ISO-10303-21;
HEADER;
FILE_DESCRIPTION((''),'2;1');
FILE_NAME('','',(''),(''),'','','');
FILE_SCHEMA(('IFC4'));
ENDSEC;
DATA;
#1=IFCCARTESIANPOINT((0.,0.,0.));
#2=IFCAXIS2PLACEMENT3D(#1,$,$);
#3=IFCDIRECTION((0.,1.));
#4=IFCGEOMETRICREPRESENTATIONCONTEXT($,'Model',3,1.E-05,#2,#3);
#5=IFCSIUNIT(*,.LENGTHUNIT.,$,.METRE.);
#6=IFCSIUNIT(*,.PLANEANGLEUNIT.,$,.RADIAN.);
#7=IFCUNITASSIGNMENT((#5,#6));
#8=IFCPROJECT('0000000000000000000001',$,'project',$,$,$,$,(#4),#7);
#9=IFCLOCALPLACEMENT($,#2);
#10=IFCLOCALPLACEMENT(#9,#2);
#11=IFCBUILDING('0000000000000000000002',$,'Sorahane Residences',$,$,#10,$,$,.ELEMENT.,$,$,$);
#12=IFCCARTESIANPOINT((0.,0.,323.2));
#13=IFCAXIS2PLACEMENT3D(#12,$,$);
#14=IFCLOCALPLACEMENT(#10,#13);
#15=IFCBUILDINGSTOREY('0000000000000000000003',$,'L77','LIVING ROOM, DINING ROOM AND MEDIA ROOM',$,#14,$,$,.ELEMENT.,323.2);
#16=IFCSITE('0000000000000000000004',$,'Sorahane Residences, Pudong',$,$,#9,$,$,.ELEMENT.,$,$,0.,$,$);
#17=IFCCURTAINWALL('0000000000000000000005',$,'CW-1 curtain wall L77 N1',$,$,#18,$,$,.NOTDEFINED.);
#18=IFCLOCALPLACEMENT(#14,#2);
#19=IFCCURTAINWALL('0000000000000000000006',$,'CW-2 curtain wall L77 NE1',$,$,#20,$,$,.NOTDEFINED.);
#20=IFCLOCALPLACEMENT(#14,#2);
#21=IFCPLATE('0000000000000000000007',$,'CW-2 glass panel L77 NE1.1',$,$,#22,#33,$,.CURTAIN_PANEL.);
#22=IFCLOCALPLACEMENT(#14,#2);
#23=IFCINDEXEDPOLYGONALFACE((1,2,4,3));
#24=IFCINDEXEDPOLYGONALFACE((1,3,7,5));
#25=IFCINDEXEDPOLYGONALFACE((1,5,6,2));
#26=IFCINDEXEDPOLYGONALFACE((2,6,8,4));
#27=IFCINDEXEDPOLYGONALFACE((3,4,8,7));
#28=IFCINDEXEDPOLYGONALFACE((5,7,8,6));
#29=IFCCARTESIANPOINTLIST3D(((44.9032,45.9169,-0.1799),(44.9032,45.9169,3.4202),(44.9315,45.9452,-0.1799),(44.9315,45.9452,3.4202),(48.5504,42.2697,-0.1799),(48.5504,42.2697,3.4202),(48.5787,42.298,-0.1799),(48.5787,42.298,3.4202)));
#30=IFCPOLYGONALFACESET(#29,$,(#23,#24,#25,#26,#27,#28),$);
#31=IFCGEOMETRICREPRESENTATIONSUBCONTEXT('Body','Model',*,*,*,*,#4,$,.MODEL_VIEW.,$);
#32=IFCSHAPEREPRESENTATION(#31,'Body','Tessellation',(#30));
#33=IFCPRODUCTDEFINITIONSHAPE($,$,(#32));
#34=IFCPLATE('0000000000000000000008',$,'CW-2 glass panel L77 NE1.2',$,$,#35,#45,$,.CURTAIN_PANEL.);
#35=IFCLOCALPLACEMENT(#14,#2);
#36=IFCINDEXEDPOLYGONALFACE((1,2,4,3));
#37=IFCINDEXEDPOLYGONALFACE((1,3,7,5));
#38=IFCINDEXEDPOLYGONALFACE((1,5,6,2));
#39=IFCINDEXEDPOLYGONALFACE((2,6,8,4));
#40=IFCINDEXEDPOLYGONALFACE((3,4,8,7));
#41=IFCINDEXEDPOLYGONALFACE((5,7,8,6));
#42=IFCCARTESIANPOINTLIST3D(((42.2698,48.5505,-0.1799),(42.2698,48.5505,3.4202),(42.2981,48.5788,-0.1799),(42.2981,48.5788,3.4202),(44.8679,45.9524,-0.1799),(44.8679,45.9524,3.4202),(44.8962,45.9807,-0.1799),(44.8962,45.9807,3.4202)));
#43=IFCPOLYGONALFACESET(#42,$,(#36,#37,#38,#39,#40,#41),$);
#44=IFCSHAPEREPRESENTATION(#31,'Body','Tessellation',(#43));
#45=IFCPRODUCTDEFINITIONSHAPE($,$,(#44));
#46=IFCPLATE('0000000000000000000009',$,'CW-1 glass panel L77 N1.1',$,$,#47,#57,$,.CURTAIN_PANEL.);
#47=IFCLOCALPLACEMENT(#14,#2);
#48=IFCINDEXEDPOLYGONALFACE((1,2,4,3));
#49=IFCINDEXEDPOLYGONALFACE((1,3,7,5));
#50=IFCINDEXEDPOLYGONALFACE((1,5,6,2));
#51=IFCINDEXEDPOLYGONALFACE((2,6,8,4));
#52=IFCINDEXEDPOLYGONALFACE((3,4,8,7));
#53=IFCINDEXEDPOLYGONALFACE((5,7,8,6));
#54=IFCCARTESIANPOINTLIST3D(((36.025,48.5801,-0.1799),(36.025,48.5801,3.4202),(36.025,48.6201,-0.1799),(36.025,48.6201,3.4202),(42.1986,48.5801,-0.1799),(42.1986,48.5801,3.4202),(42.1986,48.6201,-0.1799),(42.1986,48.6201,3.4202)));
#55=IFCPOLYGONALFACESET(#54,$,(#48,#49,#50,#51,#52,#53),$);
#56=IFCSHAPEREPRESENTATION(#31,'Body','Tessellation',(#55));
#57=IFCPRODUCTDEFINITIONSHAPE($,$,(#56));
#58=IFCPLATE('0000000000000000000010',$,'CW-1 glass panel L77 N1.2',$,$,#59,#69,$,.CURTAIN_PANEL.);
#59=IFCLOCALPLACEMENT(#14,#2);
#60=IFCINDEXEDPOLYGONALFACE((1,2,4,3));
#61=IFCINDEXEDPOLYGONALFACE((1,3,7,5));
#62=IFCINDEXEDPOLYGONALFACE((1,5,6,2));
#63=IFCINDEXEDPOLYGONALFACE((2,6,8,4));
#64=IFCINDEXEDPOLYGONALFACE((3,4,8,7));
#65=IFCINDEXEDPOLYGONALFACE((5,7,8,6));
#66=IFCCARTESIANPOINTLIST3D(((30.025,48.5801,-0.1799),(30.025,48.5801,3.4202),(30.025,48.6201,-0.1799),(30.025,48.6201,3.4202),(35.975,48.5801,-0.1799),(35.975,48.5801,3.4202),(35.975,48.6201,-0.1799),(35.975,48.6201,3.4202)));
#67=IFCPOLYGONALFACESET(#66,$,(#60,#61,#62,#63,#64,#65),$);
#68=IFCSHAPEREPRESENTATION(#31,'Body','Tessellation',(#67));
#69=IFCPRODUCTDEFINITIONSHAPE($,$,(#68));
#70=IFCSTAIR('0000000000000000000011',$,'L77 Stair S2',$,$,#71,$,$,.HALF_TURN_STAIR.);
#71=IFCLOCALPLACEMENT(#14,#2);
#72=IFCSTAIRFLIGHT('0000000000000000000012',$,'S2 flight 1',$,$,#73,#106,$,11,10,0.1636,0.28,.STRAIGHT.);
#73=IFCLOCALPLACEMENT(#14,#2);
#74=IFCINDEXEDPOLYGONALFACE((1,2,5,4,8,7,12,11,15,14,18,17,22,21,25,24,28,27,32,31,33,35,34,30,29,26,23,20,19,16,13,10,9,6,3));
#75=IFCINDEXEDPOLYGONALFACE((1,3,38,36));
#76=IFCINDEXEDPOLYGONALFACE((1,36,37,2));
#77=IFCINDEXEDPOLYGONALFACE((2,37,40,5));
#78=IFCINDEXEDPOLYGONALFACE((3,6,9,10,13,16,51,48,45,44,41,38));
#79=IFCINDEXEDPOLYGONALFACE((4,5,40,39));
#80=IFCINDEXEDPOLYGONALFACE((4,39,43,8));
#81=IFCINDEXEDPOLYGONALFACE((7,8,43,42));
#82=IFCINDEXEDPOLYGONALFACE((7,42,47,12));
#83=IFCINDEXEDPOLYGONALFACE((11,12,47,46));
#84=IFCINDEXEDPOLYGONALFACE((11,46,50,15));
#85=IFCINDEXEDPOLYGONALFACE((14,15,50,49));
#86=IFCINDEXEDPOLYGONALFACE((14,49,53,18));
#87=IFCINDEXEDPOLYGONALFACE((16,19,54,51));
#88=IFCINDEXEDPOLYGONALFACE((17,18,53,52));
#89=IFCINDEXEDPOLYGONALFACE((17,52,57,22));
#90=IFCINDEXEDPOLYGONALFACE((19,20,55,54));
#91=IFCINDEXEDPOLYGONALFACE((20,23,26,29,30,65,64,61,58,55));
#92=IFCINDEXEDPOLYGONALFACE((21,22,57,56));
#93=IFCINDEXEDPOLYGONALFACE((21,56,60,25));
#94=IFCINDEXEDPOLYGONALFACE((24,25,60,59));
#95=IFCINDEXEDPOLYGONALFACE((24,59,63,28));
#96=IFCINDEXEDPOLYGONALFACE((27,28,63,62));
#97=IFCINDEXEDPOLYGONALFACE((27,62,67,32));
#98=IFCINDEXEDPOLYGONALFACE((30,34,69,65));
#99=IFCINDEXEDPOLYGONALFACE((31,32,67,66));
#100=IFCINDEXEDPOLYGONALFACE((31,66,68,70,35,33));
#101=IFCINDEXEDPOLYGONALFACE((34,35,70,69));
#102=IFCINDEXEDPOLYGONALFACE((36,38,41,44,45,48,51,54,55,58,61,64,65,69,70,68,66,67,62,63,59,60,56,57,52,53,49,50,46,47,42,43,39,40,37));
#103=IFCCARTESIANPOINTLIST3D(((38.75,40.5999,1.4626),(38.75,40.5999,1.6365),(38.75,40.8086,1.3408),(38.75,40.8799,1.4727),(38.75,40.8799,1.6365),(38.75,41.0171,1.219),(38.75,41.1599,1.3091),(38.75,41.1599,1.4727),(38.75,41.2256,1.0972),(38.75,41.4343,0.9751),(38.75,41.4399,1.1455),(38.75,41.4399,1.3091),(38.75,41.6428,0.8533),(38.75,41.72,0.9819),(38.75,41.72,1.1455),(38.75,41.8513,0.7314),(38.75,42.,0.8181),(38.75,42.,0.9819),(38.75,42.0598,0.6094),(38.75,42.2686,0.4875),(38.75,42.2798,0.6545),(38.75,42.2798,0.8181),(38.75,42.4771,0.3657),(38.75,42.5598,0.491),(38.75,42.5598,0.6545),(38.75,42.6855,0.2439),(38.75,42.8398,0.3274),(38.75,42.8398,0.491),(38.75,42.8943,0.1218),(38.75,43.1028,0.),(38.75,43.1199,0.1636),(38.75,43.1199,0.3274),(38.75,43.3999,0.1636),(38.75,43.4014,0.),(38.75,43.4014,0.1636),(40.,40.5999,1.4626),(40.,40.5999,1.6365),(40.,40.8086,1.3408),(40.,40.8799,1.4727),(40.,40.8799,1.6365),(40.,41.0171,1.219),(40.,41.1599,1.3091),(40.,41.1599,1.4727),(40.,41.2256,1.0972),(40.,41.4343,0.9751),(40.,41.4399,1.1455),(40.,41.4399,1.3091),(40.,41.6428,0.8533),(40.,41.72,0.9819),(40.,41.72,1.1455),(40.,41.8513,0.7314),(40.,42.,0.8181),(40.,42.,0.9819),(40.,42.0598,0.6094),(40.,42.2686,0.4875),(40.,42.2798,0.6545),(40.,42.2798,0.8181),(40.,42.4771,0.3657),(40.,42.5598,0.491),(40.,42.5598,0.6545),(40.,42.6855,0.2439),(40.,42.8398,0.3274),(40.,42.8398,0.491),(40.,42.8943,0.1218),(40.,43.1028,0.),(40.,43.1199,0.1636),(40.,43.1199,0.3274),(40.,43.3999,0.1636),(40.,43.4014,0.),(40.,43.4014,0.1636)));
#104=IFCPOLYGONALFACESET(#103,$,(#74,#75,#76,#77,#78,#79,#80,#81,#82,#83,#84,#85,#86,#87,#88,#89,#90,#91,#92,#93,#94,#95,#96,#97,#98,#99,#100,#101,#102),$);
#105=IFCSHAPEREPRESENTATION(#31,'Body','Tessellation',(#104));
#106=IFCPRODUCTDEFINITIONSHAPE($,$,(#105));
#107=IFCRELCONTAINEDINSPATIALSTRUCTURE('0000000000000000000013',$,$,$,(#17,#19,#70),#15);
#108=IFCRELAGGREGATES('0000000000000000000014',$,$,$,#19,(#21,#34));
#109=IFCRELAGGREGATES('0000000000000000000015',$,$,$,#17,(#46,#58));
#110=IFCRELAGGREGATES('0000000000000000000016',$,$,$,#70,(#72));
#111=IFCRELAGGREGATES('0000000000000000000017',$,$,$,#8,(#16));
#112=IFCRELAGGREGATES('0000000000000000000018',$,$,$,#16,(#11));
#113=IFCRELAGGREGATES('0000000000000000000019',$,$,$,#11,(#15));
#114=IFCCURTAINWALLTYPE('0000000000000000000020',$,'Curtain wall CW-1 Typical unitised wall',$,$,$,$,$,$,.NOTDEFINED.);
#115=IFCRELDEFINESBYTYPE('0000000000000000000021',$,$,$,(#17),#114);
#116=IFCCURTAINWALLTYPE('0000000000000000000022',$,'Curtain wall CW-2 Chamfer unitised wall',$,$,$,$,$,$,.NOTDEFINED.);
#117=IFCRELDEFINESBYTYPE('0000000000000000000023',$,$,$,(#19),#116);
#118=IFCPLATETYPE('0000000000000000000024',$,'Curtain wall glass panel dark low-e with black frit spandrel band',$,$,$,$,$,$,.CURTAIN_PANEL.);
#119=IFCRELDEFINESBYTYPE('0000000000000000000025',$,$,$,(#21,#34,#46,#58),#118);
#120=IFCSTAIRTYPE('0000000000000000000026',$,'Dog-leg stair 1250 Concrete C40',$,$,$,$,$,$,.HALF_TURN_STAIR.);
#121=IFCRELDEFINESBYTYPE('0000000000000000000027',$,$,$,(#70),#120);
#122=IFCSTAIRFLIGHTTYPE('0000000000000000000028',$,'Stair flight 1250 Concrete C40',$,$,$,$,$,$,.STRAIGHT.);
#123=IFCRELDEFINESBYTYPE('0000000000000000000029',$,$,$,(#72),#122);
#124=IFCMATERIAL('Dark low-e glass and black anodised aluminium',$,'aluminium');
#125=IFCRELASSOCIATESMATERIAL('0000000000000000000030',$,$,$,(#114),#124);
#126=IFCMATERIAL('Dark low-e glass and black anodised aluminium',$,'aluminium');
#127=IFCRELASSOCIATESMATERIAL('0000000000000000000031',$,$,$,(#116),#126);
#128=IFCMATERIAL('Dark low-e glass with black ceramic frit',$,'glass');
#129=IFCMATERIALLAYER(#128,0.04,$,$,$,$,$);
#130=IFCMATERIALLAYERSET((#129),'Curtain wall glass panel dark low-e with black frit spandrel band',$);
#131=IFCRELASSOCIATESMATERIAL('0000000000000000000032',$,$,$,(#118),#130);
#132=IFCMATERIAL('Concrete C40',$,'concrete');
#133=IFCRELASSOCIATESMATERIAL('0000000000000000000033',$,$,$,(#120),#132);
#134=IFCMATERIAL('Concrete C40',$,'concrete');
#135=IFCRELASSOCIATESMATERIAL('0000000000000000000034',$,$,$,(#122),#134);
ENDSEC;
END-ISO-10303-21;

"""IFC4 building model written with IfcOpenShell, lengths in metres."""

from ifc_helpers import new_model, si_unit, direction, frame, origin, origin_2d, place, context, subcontext, project, spatial, polyline, rectangle, outline, extrude, material, layer, layer_set, type_object, element, aggregate, save


model = new_model("IFC4")

# Units and contexts
model_context = context("Model", 3, precision=1e-05, world=origin(), true_north=direction((0.0, 1.0)))
body_context = subcontext(model_context, "Body", "Model", "MODEL_VIEW")
ifc_project = project(units=[si_unit("LENGTHUNIT", "METRE"), si_unit("PLANEANGLEUNIT", "RADIAN")], contexts=[model_context])

# Site, building, storey
site_placement = place(None, origin())
site = spatial("IfcSite", under=ifc_project, at=site_placement, Name="Sorahane Residences, Pudong", CompositionType="ELEMENT", RefElevation=0.0)
building_placement = place(site_placement, origin())
building = spatial("IfcBuilding", under=site, at=building_placement, Name="Sorahane Residences", CompositionType="ELEMENT")
storey_placement = place(building_placement, frame((0.0, 0.0, 323.2)))
storey = spatial("IfcBuildingStorey", under=building, at=storey_placement, Name="L77", Description="LIVING ROOM, DINING ROOM AND MEDIA ROOM", CompositionType="ELEMENT", Elevation=323.2)

# Curtain walls
ifc_material_1 = material(Name="Dark low-e glass and black anodised aluminium", Category="aluminium")
curtain_wall_type_1 = type_object("IfcCurtainWallType", Name="Curtain wall CW-1 Typical unitised wall", PredefinedType="NOTDEFINED", material=ifc_material_1)
curtain_wall_1_placement = place(storey_placement, origin())
curtain_wall_1 = element("IfcCurtainWall", 1, at=curtain_wall_1_placement, inside=storey, type_object=curtain_wall_type_1, Name="CW-1 curtain wall L77 N1", PredefinedType="NOTDEFINED")
ifc_material_2 = material(Name="Dark low-e glass and black anodised aluminium", Category="aluminium")
curtain_wall_type_2 = type_object("IfcCurtainWallType", Name="Curtain wall CW-2 Chamfer unitised wall", PredefinedType="NOTDEFINED", material=ifc_material_2)
curtain_wall_2_placement = place(storey_placement, origin())
curtain_wall_2 = element("IfcCurtainWall", 2, at=curtain_wall_2_placement, inside=storey, type_object=curtain_wall_type_2, Name="CW-2 curtain wall L77 NE1", PredefinedType="NOTDEFINED")

# Plates
ifc_material_3 = material(Name="Dark low-e glass with black ceramic frit", Category="glass")
ifc_layer_1 = layer(ifc_material_3, 0.04)
ifc_layer_set_1 = layer_set([ifc_layer_1], Name="Curtain wall glass panel dark low-e with black frit spandrel band")
plate_type = type_object("IfcPlateType", Name="Curtain wall glass panel dark low-e with black frit spandrel band", PredefinedType="CURTAIN_PANEL", material=ifc_layer_set_1)
plate_1_placement = place(storey_placement, frame((46.741, 44.1074, -0.1799), z_axis=(0.0, 0.0, 1.0), x_axis=(-0.707107, 0.707107, 0.0)))
plate_1 = element("IfcPlate", 3, at=plate_1_placement, type_object=plate_type, Name="CW-2 glass panel L77 NE1.1", PredefinedType="CURTAIN_PANEL", context=body_context, shape_type="SweptSolid", body=[
    extrude(rectangle(XDim=5.158, YDim=0.04, at=origin_2d()), origin(), (0.0, 0.0, 1.0), 3.6001),
])
plate_2_placement = place(storey_placement, frame((43.583, 47.2656, -0.1799), z_axis=(0.0, 0.0, 1.0), x_axis=(-0.707107, 0.707107, 0.0)))
plate_2 = element("IfcPlate", 4, at=plate_2_placement, type_object=plate_type, Name="CW-2 glass panel L77 NE1.2", PredefinedType="CURTAIN_PANEL", context=body_context, shape_type="SweptSolid", body=[
    extrude(rectangle(XDim=3.6743, YDim=0.04, at=origin_2d()), origin(), (0.0, 0.0, 1.0), 3.6001),
])
aggregate(curtain_wall_2, [plate_1, plate_2])
plate_3_placement = place(storey_placement, frame((39.1118, 48.6001, -0.1799), z_axis=(0.0, 0.0, 1.0), x_axis=(-1.0, 0.0, 0.0)))
plate_3 = element("IfcPlate", 5, at=plate_3_placement, type_object=plate_type, Name="CW-1 glass panel L77 N1.1", PredefinedType="CURTAIN_PANEL", context=body_context, shape_type="SweptSolid", body=[
    extrude(rectangle(XDim=6.1736, YDim=0.04, at=origin_2d()), origin(), (0.0, 0.0, 1.0), 3.6001),
])
plate_4_placement = place(storey_placement, frame((33.0, 48.6001, -0.1799), z_axis=(0.0, 0.0, 1.0), x_axis=(-1.0, 0.0, 0.0)))
plate_4 = element("IfcPlate", 6, at=plate_4_placement, type_object=plate_type, Name="CW-1 glass panel L77 N1.2", PredefinedType="CURTAIN_PANEL", context=body_context, shape_type="SweptSolid", body=[
    extrude(rectangle(XDim=5.95, YDim=0.04, at=origin_2d()), origin(), (0.0, 0.0, 1.0), 3.6001),
])
aggregate(curtain_wall_1, [plate_3, plate_4])

# Stair, stair flight
ifc_material_4 = material(Name="Concrete C40", Category="concrete")
stair_type = type_object("IfcStairType", Name="Dog-leg stair 1250 Concrete C40", PredefinedType="HALF_TURN_STAIR", material=ifc_material_4)
stair_placement = place(storey_placement, origin())
stair = element("IfcStair", 7, at=stair_placement, inside=storey, type_object=stair_type, Name="L77 Stair S2", PredefinedType="HALF_TURN_STAIR")
ifc_material_5 = material(Name="Concrete C40", Category="concrete")
stair_flight_type = type_object("IfcStairFlightType", Name="Stair flight 1250 Concrete C40", PredefinedType="STRAIGHT", material=ifc_material_5)
stair_flight_placement = place(storey_placement, frame((39.375, 43.3999, 0.0), z_axis=(0.0, 0.0, 1.0), x_axis=(0.0, -1.0, 0.0)))
stair_flight = element("IfcStairFlight", 8, at=stair_flight_placement, type_object=stair_flight_type, Name="S2 flight 1", NumberOfRisers=11, NumberOfTreads=10, PredefinedType="STRAIGHT", RiserHeight=0.1636, TreadLength=0.28, context=body_context, shape_type="SweptSolid", body=[
    extrude(outline(polyline([(-0.0015, 0.0), (-0.0015, 0.1636), (0.0, 0.1636), (0.28, 0.1636), (0.28, 0.3274), (0.5601, 0.3274), (0.5601, 0.491), (0.8401, 0.491), (0.8401, 0.6545), (1.1201, 0.6545), (1.1201, 0.8181), (1.3999, 0.8181), (1.3999, 0.9819), (1.6799, 0.9819), (1.6799, 1.1455), (1.96, 1.1455), (1.96, 1.3091), (2.24, 1.3091), (2.24, 1.4727), (2.52, 1.4727), (2.52, 1.6365), (2.8, 1.6365), (2.8, 1.8), (2.8, 1.4626), (2.5913, 1.3408), (2.3828, 1.219), (2.1743, 1.0972), (1.9656, 0.9751), (1.7571, 0.8533), (1.5486, 0.7314), (1.3401, 0.6094), (1.1313, 0.4875), (0.9229, 0.3657), (0.7144, 0.2439), (0.5056, 0.1218), (0.2971, 0.0), (-0.0015, 0.0)])), frame((0.0, 0.625, 0.0), z_axis=(0.0, -1.0, 0.0), x_axis=(1.0, 0.0, 0.0)), (0.0, 0.0, 1.0), 1.25),
])
aggregate(stair, [stair_flight])

save(model, "model.ifc")
